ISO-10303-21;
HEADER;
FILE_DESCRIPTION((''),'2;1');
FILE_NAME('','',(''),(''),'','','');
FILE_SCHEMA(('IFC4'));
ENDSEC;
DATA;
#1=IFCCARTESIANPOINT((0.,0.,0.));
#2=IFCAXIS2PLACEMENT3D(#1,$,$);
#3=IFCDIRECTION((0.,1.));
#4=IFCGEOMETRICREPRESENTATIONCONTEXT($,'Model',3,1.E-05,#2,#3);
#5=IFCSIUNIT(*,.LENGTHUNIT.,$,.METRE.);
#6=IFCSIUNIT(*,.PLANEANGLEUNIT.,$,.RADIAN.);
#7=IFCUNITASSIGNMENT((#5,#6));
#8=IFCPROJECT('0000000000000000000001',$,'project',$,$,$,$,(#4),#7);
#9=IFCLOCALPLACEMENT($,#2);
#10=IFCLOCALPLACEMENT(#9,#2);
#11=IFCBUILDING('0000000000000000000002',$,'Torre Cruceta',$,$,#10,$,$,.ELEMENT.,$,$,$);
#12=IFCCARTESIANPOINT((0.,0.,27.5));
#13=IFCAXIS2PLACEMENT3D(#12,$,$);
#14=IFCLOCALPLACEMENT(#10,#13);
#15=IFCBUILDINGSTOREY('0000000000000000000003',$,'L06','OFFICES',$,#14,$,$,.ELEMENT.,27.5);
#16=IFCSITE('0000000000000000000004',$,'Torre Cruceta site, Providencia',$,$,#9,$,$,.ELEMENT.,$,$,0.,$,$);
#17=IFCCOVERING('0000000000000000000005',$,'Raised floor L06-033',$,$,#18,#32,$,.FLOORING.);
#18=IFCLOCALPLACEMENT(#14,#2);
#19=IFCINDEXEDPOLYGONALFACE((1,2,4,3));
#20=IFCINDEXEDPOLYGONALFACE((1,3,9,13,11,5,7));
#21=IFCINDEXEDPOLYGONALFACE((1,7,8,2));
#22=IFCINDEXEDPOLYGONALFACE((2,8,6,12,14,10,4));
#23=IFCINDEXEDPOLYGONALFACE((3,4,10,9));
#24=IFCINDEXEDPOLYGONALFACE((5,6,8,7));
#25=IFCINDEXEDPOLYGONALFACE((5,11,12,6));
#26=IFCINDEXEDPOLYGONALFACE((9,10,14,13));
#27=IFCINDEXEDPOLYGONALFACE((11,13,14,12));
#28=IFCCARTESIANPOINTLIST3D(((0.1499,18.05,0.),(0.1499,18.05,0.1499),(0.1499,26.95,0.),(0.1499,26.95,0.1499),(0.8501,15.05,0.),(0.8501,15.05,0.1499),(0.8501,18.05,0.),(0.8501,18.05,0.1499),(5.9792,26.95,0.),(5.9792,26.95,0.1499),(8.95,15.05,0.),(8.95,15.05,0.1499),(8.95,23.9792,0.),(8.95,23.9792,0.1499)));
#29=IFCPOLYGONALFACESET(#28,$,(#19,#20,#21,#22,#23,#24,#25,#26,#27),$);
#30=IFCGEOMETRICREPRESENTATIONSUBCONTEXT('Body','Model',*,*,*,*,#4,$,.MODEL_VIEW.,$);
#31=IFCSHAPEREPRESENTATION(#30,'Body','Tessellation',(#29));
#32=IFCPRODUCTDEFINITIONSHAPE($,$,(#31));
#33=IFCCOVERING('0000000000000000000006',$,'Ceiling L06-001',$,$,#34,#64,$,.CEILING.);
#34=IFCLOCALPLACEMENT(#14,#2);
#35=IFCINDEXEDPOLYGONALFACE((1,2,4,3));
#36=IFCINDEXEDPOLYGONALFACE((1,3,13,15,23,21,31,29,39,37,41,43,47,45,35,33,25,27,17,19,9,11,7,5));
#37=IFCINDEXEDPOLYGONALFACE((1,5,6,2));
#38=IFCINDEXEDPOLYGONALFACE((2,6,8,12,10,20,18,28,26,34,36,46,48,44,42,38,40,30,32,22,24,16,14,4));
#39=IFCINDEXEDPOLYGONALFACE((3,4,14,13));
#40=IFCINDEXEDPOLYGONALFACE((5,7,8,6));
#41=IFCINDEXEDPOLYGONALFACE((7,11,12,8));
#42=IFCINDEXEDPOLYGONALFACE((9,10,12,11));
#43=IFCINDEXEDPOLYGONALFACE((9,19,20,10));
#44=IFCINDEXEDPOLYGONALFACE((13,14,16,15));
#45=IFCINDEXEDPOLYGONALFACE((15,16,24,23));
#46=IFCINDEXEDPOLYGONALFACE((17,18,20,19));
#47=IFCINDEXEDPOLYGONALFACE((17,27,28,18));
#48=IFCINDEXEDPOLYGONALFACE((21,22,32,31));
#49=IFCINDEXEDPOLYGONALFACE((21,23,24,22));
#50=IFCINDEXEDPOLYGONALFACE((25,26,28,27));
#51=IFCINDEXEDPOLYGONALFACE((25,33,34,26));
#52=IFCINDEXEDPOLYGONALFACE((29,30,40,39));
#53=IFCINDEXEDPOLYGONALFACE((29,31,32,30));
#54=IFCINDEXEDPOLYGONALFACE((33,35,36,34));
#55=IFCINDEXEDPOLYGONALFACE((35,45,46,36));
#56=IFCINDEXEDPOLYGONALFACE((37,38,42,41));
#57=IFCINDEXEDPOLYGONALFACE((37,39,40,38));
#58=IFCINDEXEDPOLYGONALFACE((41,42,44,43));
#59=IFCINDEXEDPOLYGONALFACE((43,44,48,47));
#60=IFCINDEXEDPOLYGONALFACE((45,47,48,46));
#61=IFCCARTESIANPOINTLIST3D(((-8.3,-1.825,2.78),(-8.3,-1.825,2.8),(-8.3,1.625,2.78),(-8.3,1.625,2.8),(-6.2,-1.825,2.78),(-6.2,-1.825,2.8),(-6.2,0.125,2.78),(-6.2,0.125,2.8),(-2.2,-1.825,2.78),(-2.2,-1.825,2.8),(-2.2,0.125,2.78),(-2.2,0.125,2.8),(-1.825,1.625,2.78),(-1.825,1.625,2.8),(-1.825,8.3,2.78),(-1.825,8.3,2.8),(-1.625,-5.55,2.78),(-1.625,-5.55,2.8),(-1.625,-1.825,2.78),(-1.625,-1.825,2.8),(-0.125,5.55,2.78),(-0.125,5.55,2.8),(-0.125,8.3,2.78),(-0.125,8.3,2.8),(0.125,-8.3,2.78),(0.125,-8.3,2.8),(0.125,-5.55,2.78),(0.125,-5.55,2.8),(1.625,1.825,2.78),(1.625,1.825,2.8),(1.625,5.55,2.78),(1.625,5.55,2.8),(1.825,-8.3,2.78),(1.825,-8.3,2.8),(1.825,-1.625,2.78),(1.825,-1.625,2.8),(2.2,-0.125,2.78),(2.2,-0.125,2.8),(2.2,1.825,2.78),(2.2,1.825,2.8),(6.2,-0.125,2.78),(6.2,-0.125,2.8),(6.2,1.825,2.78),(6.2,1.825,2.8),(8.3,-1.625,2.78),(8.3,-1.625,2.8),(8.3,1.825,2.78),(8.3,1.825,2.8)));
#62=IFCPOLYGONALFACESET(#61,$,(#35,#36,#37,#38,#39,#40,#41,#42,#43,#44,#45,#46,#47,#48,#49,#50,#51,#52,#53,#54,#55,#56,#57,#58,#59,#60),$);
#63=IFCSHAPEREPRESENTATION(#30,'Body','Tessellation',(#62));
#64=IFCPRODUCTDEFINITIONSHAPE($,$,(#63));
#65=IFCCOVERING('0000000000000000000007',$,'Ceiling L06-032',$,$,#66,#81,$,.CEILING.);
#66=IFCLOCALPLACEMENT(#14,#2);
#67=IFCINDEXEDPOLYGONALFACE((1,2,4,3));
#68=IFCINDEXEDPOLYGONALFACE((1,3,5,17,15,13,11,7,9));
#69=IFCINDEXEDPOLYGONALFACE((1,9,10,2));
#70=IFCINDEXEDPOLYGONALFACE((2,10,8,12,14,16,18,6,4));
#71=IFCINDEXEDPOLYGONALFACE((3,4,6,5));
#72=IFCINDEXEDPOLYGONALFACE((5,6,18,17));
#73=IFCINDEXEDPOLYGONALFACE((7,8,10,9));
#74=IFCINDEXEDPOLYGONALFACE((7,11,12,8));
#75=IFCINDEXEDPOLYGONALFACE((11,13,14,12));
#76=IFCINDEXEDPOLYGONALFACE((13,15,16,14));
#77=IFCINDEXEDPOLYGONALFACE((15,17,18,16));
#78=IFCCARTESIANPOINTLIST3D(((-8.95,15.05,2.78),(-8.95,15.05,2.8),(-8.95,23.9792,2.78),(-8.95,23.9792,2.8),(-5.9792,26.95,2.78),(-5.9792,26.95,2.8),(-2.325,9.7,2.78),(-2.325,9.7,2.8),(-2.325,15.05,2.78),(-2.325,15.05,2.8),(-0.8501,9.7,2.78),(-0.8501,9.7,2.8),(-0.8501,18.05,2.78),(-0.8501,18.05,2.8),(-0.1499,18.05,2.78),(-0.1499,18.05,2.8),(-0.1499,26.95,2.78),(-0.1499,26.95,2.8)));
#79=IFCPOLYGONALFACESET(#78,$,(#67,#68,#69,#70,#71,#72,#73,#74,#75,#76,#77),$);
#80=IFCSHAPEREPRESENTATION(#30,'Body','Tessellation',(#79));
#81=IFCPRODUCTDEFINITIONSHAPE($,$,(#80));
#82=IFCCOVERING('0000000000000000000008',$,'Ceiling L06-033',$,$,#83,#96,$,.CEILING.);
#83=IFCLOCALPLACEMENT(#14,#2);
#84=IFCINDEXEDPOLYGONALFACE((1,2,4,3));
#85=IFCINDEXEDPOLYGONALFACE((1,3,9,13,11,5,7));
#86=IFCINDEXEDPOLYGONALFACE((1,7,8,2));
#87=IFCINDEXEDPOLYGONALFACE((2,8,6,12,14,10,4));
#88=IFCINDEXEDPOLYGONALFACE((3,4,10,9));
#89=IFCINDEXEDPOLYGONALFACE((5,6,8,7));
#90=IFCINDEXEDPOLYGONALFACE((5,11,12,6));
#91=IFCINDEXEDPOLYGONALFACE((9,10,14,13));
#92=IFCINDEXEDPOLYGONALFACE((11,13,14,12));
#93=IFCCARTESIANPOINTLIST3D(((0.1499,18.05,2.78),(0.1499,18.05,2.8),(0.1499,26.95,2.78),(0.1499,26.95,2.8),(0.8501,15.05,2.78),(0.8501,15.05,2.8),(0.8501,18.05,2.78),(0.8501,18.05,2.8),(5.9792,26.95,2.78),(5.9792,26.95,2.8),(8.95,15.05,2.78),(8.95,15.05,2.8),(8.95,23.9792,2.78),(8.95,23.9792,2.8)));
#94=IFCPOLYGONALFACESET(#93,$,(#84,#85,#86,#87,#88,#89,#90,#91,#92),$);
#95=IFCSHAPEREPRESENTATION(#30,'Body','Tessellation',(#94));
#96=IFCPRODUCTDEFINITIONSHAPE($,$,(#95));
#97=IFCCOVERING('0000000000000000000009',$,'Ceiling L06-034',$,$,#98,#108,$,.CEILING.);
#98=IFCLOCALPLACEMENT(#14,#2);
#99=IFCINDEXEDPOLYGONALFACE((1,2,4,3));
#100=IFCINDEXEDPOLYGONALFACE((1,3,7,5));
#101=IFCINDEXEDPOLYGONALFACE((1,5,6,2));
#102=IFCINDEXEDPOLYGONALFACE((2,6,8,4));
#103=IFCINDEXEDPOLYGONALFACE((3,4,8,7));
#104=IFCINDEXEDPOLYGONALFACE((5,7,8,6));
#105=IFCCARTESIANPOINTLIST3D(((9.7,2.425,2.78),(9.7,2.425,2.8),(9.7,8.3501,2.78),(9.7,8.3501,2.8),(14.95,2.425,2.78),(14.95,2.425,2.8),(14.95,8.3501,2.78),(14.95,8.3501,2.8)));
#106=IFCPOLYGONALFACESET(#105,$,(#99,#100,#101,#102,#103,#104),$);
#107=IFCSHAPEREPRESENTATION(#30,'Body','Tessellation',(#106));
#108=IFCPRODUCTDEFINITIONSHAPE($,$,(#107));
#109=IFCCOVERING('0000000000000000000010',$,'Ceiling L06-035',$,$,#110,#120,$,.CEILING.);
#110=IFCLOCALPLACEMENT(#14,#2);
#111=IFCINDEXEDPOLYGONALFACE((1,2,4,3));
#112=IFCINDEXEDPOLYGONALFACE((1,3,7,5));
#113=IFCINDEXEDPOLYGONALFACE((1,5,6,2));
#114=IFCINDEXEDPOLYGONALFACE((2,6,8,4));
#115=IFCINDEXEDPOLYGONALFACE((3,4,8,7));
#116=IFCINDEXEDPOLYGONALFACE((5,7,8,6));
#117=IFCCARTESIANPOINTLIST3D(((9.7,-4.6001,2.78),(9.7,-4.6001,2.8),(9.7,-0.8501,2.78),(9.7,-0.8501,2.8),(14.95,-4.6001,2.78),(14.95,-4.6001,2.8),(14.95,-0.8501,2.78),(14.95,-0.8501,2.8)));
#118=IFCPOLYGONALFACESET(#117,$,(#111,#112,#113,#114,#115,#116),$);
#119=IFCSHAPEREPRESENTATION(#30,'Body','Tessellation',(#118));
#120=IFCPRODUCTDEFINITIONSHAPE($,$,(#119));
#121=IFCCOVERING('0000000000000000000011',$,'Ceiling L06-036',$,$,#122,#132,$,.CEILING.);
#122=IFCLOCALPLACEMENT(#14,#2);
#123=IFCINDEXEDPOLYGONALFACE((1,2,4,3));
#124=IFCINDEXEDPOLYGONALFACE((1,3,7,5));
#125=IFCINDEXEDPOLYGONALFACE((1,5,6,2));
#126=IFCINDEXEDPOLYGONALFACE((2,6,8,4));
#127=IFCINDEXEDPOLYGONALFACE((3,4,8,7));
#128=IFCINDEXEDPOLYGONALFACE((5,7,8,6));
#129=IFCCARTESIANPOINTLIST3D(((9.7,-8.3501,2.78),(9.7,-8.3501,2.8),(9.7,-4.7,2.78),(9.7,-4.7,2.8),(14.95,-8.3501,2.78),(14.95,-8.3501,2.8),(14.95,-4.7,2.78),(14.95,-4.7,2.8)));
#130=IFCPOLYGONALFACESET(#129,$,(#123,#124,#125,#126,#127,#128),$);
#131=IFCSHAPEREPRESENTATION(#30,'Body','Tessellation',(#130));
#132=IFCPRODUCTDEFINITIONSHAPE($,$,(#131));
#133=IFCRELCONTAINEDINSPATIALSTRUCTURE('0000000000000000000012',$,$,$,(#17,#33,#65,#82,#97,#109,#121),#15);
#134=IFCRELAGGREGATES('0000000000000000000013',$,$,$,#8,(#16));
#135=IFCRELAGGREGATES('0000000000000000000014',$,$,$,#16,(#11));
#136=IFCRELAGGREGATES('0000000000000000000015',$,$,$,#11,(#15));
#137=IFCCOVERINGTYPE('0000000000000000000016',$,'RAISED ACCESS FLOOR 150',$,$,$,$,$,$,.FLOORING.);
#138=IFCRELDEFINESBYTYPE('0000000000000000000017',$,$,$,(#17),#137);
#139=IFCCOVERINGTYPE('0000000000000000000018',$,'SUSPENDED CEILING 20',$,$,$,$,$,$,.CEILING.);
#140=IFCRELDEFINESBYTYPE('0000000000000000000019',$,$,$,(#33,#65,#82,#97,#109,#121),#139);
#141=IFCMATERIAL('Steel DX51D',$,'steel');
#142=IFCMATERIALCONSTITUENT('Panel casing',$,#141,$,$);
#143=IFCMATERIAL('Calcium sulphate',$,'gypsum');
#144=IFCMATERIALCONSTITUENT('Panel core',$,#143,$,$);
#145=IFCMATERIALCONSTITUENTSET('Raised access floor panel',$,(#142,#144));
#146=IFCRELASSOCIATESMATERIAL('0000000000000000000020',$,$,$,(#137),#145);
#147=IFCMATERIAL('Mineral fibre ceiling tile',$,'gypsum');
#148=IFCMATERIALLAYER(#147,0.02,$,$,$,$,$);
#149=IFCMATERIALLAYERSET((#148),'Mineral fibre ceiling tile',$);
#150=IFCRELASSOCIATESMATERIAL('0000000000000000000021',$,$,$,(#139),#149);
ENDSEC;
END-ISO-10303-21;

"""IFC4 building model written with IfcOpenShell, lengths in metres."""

from ifc_helpers import new_model, si_unit, direction, frame, origin, place, context, subcontext, project, spatial, polyline, outline, extrude, material, layer, layer_set, constituent, constituent_set, type_object, element, save


model = new_model("IFC4")

# Units and contexts
model_context = context("Model", 3, precision=1e-05, world=origin(), true_north=direction((0.0, 1.0)))
body_context = subcontext(model_context, "Body", "Model", "MODEL_VIEW")
ifc_project = project(units=[si_unit("LENGTHUNIT", "METRE"), si_unit("PLANEANGLEUNIT", "RADIAN")], contexts=[model_context])

# Site, building, storey
site_placement = place(None, origin())
site = spatial("IfcSite", under=ifc_project, at=site_placement, Name="Torre Cruceta site, Providencia", CompositionType="ELEMENT", RefElevation=0.0)
building_placement = place(site_placement, origin())
building = spatial("IfcBuilding", under=site, at=building_placement, Name="Torre Cruceta", CompositionType="ELEMENT")
storey_placement = place(building_placement, frame((0.0, 0.0, 27.5)))
storey = spatial("IfcBuildingStorey", under=building, at=storey_placement, Name="L06", Description="OFFICES", CompositionType="ELEMENT", Elevation=27.5)

# Coverings
ifc_material_1 = material(Name="Steel DX51D", Category="steel")
ifc_constituent_1 = constituent(ifc_material_1, Name="Panel casing")
ifc_material_2 = material(Name="Calcium sulphate", Category="gypsum")
ifc_constituent_2 = constituent(ifc_material_2, Name="Panel core")
ifc_constituent_set_1 = constituent_set(constituents=[ifc_constituent_1, ifc_constituent_2], Name="Raised access floor panel")
covering_type_1 = type_object("IfcCoveringType", Name="RAISED ACCESS FLOOR 150", PredefinedType="FLOORING", material=ifc_constituent_set_1)
covering_1_placement = place(storey_placement, origin())
element("IfcCovering", 1, at=covering_1_placement, inside=storey, type_object=covering_type_1, Name="Raised floor L06-033", PredefinedType="FLOORING", context=body_context, shape_type="SweptSolid", body=[
    extrude(outline(polyline([(5.9792, 26.95), (8.95, 23.9792), (8.95, 15.05), (0.8501, 15.05), (0.8501, 18.05), (0.1499, 18.05), (0.1499, 26.95), (5.9792, 26.95)])), origin(), (0.0, 0.0, 1.0), 0.1499),
])
ifc_material_3 = material(Name="Mineral fibre ceiling tile", Category="gypsum")
ifc_layer_1 = layer(ifc_material_3, 0.02)
ifc_layer_set_1 = layer_set([ifc_layer_1], Name="Mineral fibre ceiling tile")
covering_type_2 = type_object("IfcCoveringType", Name="SUSPENDED CEILING 20", PredefinedType="CEILING", material=ifc_layer_set_1)
covering_2_placement = place(storey_placement, frame((0.0, 0.0, 2.78)))
element("IfcCovering", 2, at=covering_2_placement, inside=storey, type_object=covering_type_2, Name="Ceiling L06-001", PredefinedType="CEILING", context=body_context, shape_type="SweptSolid", body=[
    extrude(outline(polyline([(1.825, -8.3), (0.125, -8.3), (0.125, -5.55), (-1.625, -5.55), (-1.625, -1.825), (-2.2, -1.825), (-2.2, 0.125), (-6.2, 0.125), (-6.2, -1.825), (-8.3, -1.825), (-8.3, 1.625), (-1.825, 1.625), (-1.825, 8.3), (-0.125, 8.3), (-0.125, 5.55), (1.625, 5.55), (1.625, 1.825), (2.2, 1.825), (2.2, -0.125), (6.2, -0.125), (6.2, 1.825), (8.3, 1.825), (8.3, -1.625), (1.825, -1.625), (1.825, -8.3)])), origin(), (0.0, 0.0, 1.0), 0.02),
])
covering_3_placement = place(storey_placement, frame((0.0, 0.0, 2.78)))
element("IfcCovering", 3, at=covering_3_placement, inside=storey, type_object=covering_type_2, Name="Ceiling L06-032", PredefinedType="CEILING", context=body_context, shape_type="SweptSolid", body=[
    extrude(outline(polyline([(-0.1499, 26.95), (-0.1499, 18.05), (-0.8501, 18.05), (-0.8501, 9.7), (-2.325, 9.7), (-2.325, 15.05), (-8.95, 15.05), (-8.95, 23.9792), (-5.9792, 26.95), (-0.1499, 26.95)])), origin(), (0.0, 0.0, 1.0), 0.02),
])
covering_4_placement = place(storey_placement, frame((0.0, 0.0, 2.78)))
element("IfcCovering", 4, at=covering_4_placement, inside=storey, type_object=covering_type_2, Name="Ceiling L06-033", PredefinedType="CEILING", context=body_context, shape_type="SweptSolid", body=[
    extrude(outline(polyline([(5.9792, 26.95), (8.95, 23.9792), (8.95, 15.05), (0.8501, 15.05), (0.8501, 18.05), (0.1499, 18.05), (0.1499, 26.95), (5.9792, 26.95)])), origin(), (0.0, 0.0, 1.0), 0.02),
])
covering_5_placement = place(storey_placement, frame((0.0, 0.0, 2.78)))
element("IfcCovering", 5, at=covering_5_placement, inside=storey, type_object=covering_type_2, Name="Ceiling L06-034", PredefinedType="CEILING", context=body_context, shape_type="SweptSolid", body=[
    extrude(outline(polyline([(9.7, 2.425), (9.7, 8.3501), (14.95, 8.3501), (14.95, 2.425), (9.7, 2.425)])), origin(), (0.0, 0.0, 1.0), 0.02),
])
covering_6_placement = place(storey_placement, frame((0.0, 0.0, 2.78)))
element("IfcCovering", 6, at=covering_6_placement, inside=storey, type_object=covering_type_2, Name="Ceiling L06-035", PredefinedType="CEILING", context=body_context, shape_type="SweptSolid", body=[
    extrude(outline(polyline([(9.7, -4.6001), (9.7, -0.8501), (14.95, -0.8501), (14.95, -4.6001), (9.7, -4.6001)])), origin(), (0.0, 0.0, 1.0), 0.02),
])
covering_7_placement = place(storey_placement, frame((0.0, 0.0, 2.78)))
element("IfcCovering", 7, at=covering_7_placement, inside=storey, type_object=covering_type_2, Name="Ceiling L06-036", PredefinedType="CEILING", context=body_context, shape_type="SweptSolid", body=[
    extrude(outline(polyline([(9.7, -8.3501), (9.7, -4.7), (14.95, -4.7), (14.95, -8.3501), (9.7, -8.3501)])), origin(), (0.0, 0.0, 1.0), 0.02),
])

save(model, "model.ifc")
